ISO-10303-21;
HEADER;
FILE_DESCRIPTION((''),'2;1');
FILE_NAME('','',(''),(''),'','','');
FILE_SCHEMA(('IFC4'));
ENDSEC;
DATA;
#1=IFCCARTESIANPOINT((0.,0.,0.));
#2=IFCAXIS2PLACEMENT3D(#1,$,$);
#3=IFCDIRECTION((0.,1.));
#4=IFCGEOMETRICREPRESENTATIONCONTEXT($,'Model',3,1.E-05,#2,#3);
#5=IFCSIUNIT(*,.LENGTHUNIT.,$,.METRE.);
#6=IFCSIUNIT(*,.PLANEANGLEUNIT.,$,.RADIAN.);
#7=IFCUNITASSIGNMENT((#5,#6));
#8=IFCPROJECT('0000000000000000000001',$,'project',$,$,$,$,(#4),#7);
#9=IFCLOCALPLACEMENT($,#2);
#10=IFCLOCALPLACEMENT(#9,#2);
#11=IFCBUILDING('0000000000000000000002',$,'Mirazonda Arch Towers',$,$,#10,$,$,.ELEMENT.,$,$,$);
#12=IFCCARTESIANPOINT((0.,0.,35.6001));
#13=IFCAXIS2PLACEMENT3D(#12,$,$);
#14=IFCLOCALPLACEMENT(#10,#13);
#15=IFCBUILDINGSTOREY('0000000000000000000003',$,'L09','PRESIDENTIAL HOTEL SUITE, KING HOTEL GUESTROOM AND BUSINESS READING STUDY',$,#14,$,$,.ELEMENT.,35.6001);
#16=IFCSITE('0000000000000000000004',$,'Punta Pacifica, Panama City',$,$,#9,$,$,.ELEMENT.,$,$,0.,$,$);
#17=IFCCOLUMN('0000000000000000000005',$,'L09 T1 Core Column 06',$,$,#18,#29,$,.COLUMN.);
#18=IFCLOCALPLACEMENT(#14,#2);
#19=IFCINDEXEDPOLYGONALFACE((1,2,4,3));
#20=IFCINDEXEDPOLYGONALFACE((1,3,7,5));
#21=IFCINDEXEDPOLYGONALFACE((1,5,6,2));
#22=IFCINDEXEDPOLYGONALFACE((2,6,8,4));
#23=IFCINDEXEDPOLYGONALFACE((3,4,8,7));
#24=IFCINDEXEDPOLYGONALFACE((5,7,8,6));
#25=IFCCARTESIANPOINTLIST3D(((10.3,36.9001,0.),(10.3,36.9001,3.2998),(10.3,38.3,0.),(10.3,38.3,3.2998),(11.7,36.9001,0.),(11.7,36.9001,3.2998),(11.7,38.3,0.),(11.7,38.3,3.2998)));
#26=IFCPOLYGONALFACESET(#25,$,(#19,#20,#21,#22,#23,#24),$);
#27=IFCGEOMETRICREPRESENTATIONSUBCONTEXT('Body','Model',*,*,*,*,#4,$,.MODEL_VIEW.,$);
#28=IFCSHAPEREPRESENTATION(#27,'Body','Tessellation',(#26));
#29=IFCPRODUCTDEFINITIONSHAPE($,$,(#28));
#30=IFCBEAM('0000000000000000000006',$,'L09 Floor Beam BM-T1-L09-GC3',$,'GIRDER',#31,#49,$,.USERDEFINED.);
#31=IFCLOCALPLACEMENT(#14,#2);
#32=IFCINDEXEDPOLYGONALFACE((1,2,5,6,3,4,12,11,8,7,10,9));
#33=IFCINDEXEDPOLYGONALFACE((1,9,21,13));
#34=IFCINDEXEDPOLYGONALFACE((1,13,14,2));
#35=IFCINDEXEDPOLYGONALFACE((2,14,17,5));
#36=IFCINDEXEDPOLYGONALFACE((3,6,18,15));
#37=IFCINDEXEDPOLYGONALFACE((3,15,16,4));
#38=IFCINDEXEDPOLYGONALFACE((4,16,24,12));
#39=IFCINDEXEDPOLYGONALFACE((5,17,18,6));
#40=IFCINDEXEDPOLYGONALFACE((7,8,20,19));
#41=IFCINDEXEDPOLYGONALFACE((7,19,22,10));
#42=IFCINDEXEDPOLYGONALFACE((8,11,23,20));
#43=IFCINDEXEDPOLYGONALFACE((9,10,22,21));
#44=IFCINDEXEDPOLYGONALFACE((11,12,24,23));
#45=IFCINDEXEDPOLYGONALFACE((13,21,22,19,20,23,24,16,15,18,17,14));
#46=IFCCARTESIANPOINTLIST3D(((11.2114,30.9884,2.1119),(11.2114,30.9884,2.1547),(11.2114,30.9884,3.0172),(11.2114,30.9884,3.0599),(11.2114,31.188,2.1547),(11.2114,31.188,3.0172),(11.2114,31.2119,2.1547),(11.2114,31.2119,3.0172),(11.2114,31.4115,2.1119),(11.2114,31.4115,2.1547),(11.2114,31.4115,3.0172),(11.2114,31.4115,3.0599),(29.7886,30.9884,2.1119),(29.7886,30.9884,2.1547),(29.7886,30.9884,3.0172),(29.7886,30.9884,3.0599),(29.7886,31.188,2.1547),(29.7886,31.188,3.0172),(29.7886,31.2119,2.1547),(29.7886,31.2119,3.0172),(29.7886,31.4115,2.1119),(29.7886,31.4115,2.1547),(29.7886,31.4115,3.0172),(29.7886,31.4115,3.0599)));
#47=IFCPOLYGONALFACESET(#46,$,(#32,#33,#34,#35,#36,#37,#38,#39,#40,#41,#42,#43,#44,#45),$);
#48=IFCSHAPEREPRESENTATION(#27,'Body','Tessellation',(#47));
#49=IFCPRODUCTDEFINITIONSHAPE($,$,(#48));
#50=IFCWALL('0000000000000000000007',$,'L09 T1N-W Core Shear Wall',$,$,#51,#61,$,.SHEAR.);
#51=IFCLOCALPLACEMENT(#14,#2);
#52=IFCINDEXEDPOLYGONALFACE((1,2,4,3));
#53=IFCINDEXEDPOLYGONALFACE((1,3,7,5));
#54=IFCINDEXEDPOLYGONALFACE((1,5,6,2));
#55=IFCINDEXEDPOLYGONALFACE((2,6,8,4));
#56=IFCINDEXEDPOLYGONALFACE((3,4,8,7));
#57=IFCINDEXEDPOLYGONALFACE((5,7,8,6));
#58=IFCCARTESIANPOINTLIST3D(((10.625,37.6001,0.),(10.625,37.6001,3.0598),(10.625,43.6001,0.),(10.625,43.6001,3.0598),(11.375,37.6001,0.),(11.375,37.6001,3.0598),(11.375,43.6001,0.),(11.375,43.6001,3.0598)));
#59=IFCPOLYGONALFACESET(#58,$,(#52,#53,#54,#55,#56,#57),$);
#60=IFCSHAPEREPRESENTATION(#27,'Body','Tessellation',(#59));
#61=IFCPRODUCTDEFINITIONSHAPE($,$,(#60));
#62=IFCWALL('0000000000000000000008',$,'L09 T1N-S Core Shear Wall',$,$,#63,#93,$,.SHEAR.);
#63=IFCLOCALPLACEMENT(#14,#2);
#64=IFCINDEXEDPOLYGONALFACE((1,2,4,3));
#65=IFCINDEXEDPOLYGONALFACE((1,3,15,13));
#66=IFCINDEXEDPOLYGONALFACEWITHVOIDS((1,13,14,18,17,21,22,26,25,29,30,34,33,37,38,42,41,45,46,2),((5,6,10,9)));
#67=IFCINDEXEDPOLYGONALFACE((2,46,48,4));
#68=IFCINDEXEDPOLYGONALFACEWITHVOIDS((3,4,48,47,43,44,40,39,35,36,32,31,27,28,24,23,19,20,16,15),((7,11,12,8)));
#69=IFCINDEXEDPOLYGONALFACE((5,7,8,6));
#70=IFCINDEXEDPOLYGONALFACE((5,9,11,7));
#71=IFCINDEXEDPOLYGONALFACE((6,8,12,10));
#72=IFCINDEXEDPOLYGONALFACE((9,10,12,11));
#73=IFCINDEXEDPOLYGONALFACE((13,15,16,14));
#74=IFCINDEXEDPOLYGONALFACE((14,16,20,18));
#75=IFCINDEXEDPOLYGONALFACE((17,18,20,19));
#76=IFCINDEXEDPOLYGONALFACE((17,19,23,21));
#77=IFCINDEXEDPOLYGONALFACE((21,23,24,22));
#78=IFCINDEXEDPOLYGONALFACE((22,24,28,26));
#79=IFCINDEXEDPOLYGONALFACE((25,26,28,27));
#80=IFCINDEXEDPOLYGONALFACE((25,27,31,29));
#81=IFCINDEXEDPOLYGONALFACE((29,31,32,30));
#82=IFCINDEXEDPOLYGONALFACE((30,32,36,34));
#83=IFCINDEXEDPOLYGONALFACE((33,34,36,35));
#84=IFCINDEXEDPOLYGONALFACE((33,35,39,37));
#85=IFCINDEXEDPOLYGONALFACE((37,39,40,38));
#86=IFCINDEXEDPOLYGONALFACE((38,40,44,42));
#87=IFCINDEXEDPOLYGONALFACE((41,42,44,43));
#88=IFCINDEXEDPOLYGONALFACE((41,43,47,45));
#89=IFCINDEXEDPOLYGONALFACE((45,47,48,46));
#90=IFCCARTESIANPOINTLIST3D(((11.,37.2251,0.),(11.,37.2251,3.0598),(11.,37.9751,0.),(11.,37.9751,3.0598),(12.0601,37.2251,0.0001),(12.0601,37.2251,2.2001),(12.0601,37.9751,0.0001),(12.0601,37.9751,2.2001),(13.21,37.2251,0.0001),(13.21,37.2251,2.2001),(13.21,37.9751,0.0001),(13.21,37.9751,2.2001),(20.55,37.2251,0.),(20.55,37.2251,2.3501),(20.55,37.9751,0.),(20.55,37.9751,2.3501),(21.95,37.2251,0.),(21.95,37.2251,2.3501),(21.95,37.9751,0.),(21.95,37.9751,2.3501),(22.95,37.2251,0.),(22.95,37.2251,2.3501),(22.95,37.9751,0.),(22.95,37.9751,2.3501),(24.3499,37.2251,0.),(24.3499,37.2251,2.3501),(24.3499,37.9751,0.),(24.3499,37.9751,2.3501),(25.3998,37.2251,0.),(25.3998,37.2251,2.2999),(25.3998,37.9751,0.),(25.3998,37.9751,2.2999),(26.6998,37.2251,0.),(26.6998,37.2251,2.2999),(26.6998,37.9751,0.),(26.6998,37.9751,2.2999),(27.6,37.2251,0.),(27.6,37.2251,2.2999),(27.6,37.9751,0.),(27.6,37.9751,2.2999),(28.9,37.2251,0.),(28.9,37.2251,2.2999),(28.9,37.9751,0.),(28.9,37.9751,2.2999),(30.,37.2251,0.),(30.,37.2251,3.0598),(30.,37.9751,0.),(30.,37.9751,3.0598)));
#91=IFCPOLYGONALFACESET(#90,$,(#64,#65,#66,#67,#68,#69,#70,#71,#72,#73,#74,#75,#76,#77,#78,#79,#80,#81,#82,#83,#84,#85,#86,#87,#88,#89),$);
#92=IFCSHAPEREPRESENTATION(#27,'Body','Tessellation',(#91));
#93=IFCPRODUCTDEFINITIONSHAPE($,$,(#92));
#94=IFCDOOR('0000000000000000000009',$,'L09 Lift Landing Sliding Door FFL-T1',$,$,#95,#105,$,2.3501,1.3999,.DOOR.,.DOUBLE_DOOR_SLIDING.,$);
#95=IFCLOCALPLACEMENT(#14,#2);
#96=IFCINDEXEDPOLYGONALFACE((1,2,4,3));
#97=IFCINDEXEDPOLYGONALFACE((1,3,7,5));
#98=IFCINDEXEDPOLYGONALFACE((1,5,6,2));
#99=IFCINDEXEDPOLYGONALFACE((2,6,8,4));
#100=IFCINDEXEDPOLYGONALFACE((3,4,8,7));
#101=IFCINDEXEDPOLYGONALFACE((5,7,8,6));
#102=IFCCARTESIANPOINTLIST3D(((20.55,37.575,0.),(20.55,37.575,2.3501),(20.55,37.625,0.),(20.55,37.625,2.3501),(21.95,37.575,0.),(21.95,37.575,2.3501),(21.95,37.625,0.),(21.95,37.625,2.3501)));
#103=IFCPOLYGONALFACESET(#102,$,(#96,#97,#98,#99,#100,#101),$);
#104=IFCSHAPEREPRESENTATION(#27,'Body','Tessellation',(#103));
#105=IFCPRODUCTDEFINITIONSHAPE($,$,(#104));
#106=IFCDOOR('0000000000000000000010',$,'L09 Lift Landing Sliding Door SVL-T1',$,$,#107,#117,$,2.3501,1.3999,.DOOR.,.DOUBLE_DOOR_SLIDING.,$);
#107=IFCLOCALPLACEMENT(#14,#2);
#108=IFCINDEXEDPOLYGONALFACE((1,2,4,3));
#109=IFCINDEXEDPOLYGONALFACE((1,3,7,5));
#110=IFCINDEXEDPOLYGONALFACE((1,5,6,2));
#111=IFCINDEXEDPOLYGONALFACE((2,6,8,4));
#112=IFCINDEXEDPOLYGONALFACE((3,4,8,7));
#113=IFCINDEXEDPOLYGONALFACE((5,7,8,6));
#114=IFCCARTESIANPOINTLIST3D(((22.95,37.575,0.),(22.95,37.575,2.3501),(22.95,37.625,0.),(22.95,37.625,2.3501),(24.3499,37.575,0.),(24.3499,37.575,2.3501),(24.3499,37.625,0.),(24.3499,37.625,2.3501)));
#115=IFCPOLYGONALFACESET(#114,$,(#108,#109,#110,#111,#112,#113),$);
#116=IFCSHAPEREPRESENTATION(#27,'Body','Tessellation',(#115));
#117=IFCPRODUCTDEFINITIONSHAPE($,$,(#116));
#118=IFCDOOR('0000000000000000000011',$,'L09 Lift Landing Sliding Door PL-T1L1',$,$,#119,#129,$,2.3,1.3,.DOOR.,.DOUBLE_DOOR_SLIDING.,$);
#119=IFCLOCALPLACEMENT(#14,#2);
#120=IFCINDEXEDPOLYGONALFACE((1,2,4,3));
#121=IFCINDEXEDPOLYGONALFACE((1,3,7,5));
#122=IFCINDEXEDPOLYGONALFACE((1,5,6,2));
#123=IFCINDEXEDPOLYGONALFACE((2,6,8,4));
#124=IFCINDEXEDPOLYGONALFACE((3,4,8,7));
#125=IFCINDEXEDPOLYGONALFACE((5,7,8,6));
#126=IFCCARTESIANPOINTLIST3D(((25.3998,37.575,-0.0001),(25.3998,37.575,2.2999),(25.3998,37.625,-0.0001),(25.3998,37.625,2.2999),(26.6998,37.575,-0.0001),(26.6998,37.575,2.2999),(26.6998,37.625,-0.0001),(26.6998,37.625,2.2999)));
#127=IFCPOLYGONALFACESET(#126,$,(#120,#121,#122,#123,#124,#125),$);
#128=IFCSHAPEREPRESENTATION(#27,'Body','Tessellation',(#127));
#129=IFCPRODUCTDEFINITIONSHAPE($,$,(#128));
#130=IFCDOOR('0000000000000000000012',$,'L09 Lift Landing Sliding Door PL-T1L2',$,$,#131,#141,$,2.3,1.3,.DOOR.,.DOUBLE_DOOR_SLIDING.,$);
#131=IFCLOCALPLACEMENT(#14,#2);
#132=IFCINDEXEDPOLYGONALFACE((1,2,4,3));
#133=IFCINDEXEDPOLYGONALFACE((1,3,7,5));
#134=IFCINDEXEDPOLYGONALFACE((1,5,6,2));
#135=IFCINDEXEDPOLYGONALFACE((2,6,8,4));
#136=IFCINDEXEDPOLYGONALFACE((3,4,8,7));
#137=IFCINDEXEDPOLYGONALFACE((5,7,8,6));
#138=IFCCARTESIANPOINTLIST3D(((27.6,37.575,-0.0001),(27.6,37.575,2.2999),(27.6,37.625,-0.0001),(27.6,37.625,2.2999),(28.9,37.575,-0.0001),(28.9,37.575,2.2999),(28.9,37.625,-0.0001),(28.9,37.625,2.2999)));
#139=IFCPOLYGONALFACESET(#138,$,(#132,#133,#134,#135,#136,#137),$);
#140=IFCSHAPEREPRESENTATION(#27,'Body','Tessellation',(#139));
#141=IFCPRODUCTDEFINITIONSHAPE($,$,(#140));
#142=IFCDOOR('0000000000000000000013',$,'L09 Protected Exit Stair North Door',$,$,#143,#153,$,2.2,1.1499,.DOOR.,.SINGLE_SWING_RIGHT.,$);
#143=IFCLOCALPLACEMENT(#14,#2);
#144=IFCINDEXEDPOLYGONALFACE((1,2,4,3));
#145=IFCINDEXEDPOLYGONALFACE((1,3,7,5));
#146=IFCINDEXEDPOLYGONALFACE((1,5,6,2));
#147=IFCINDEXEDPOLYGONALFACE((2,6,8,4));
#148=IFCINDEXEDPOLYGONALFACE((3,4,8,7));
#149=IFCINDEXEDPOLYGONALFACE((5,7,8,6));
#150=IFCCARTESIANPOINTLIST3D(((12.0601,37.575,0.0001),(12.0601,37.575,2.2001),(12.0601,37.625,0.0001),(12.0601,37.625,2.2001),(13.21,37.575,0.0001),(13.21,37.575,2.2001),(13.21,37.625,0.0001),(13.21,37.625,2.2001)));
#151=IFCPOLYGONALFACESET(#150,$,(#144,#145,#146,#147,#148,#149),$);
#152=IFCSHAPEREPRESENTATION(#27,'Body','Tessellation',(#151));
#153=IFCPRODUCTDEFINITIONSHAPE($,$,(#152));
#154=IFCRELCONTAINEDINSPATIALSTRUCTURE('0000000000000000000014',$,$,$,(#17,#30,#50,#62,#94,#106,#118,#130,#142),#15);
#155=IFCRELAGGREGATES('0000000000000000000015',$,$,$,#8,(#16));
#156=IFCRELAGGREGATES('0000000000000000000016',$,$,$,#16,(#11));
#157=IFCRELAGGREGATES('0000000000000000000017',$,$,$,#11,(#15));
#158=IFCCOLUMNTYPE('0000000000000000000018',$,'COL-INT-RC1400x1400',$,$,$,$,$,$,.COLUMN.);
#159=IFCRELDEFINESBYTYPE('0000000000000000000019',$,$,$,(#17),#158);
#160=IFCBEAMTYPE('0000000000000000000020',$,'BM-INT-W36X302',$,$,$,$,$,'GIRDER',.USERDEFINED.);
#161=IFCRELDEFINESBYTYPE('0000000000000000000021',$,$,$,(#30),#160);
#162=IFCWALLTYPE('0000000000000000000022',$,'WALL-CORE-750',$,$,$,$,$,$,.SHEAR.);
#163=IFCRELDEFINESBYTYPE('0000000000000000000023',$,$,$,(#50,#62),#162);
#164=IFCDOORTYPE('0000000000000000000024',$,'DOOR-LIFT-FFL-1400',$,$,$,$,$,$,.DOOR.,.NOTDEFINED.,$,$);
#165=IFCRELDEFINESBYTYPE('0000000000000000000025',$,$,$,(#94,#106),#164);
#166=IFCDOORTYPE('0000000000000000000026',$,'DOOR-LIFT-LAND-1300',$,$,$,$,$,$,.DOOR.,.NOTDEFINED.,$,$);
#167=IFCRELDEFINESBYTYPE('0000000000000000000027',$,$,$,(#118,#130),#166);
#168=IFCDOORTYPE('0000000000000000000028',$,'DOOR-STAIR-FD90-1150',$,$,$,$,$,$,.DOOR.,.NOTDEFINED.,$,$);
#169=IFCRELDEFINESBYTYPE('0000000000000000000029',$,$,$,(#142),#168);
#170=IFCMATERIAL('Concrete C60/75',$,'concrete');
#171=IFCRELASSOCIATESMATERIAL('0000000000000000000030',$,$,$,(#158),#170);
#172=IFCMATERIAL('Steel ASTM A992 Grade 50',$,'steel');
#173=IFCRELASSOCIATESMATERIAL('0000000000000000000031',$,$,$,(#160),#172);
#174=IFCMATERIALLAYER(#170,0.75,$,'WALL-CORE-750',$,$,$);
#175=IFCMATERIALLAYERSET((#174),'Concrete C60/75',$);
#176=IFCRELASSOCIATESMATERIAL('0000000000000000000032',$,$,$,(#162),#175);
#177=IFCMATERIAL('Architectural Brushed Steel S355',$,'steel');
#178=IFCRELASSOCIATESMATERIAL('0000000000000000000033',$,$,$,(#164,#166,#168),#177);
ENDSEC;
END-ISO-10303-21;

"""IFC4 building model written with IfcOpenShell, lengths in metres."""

from ifc_helpers import new_model, si_unit, direction, frame, frame_2d, origin, origin_2d, place, context, subcontext, project, spatial, rectangle, i_section, extrude, material, layer, layer_set, material_profile, profile_set, type_object, element, fill, save


model = new_model("IFC4")

# Units and contexts
model_context = context("Model", 3, precision=1e-05, world=origin(), true_north=direction((0.0, 1.0)))
body_context = subcontext(model_context, "Body", "Model", "MODEL_VIEW")
ifc_project = project(units=[si_unit("LENGTHUNIT", "METRE"), si_unit("PLANEANGLEUNIT", "RADIAN")], contexts=[model_context])

# Site, building, storey
site_placement = place(None, origin())
site = spatial("IfcSite", under=ifc_project, at=site_placement, Name="Punta Pacifica, Panama City", CompositionType="ELEMENT", RefElevation=0.0)
building_placement = place(site_placement, origin())
building = spatial("IfcBuilding", under=site, at=building_placement, Name="Mirazonda Arch Towers", CompositionType="ELEMENT")
storey_placement = place(building_placement, frame((0.0, 0.0, 35.6001)))
storey = spatial("IfcBuildingStorey", under=building, at=storey_placement, Name="L09", Description="PRESIDENTIAL HOTEL SUITE, KING HOTEL GUESTROOM AND BUSINESS READING STUDY", CompositionType="ELEMENT", Elevation=35.6001)

# Column
ifc_material_1 = material(Name="Concrete C60/75", Category="concrete")
ifc_material_profile_1 = material_profile(ifc_material_1, rectangle(XDim=1.3999, YDim=1.3999, at=origin_2d()), Name="RC1400x1400")
ifc_profile_set_1 = profile_set([ifc_material_profile_1], Name="Concrete C60/75")
column_type = type_object("IfcColumnType", Name="COL-INT-RC1400x1400", PredefinedType="COLUMN", material=ifc_profile_set_1)
column_placement = place(storey_placement, frame((11.0, 37.6001, 0.0), z_axis=(0.0, 0.0, 1.0), x_axis=(1.0, 0.0, 0.0)))
element("IfcColumn", 1, at=column_placement, inside=storey, type_object=column_type, Name="L09 T1 Core Column 06", PredefinedType="COLUMN", context=body_context, shape_type="SweptSolid", body=[
    extrude(rectangle(XDim=1.3999, YDim=1.3999, at=origin_2d()), origin(), (0.0, 0.0, 1.0), 3.2998),
])

# Beam
ifc_material_2 = material(Name="Steel ASTM A992 Grade 50", Category="steel")
ifc_material_profile_2 = material_profile(ifc_material_2, i_section(OverallWidth=0.4231, OverallDepth=0.948, WebThickness=0.0239, FlangeThickness=0.0427, at=origin_2d()), Name="W36X302")
ifc_profile_set_2 = profile_set([ifc_material_profile_2], Name="Steel ASTM A992 Grade 50")
beam_type = type_object("IfcBeamType", Name="BM-INT-W36X302", ElementType="GIRDER", PredefinedType="USERDEFINED", material=ifc_profile_set_2)
beam_placement = place(storey_placement, frame((11.2114, 31.2, 2.5859), z_axis=(1.0, 0.0, 0.0), x_axis=(0.0, 1.0, 0.0)))
element("IfcBeam", 2, at=beam_placement, inside=storey, type_object=beam_type, Name="L09 Floor Beam BM-T1-L09-GC3", ObjectType="GIRDER", PredefinedType="USERDEFINED", context=body_context, shape_type="SweptSolid", body=[
    extrude(i_section(OverallWidth=0.4231, OverallDepth=0.948, WebThickness=0.0239, FlangeThickness=0.0427, at=origin_2d()), origin(), (0.0, 0.0, 1.0), 18.5771),
])

# Wall
ifc_layer_1 = layer(ifc_material_1, 0.75, Name="WALL-CORE-750")
ifc_layer_set_1 = layer_set([ifc_layer_1], Name="Concrete C60/75")
wall_type_1 = type_object("IfcWallType", Name="WALL-CORE-750", PredefinedType="SHEAR", material=ifc_layer_set_1)
wall_1_placement = place(storey_placement, frame((11.0, 37.6001, 0.0), z_axis=(0.0, 0.0, 1.0), x_axis=(0.0, 1.0, 0.0)))
element("IfcWall", 3, at=wall_1_placement, inside=storey, type_object=wall_type_1, Name="L09 T1N-W Core Shear Wall", PredefinedType="SHEAR", context=body_context, shape_type="SweptSolid", body=[
    extrude(rectangle(XDim=6.0, YDim=0.75, at=frame_2d((3.0, 0.0))), origin(), (0.0, 0.0, 1.0), 3.0598),
])

# Wall, openings, doors
wall_2_placement = place(storey_placement, frame((11.0, 37.6001, 0.0), z_axis=(0.0, 0.0, 1.0), x_axis=(1.0, 0.0, 0.0)))
wall_2 = element("IfcWall", 4, at=wall_2_placement, inside=storey, type_object=wall_type_1, Name="L09 T1N-S Core Shear Wall", PredefinedType="SHEAR", context=body_context, shape_type="SweptSolid", body=[
    extrude(rectangle(XDim=19.0, YDim=0.75, at=frame_2d((9.5, 0.0))), origin(), (0.0, 0.0, 1.0), 3.0598),
])
opening_1_placement = place(wall_2_placement, frame((1.0601, 0.0, 0.0)))
opening_1 = element("IfcOpeningElement", 5, at=opening_1_placement, cuts=wall_2, PredefinedType="OPENING", context=body_context, shape_type="SweptSolid", body=[
    extrude(rectangle(XDim=1.1499, YDim=2.2, at=frame_2d((0.575, 1.1001))), frame((0.0, 0.385, 0.0), z_axis=(0.0, -1.0, 0.0), x_axis=(1.0, 0.0, 0.0)), (0.0, 0.0, 1.0), 0.77),
])
opening_2_placement = place(wall_2_placement, frame((9.55, 0.0, 0.0)))
opening_2 = element("IfcOpeningElement", 6, at=opening_2_placement, cuts=wall_2, PredefinedType="OPENING", context=body_context, shape_type="SweptSolid", body=[
    extrude(rectangle(XDim=1.3999, YDim=2.3501, at=frame_2d((0.7, 1.175))), frame((0.0, 0.385, 0.0), z_axis=(0.0, -1.0, 0.0), x_axis=(1.0, 0.0, 0.0)), (0.0, 0.0, 1.0), 0.77),
])
opening_3_placement = place(wall_2_placement, frame((11.95, 0.0, 0.0)))
opening_3 = element("IfcOpeningElement", 7, at=opening_3_placement, cuts=wall_2, PredefinedType="OPENING", context=body_context, shape_type="SweptSolid", body=[
    extrude(rectangle(XDim=1.3999, YDim=2.3501, at=frame_2d((0.7, 1.175))), frame((0.0, 0.385, 0.0), z_axis=(0.0, -1.0, 0.0), x_axis=(1.0, 0.0, 0.0)), (0.0, 0.0, 1.0), 0.77),
])
opening_4_placement = place(wall_2_placement, frame((14.3999, 0.0, 0.0)))
opening_4 = element("IfcOpeningElement", 8, at=opening_4_placement, cuts=wall_2, PredefinedType="OPENING", context=body_context, shape_type="SweptSolid", body=[
    extrude(rectangle(XDim=1.3, YDim=2.3, at=frame_2d((0.6499, 1.1499))), frame((0.0, 0.385, 0.0), z_axis=(0.0, -1.0, 0.0), x_axis=(1.0, 0.0, 0.0)), (0.0, 0.0, 1.0), 0.77),
])
opening_5_placement = place(wall_2_placement, frame((16.6001, 0.0, 0.0)))
opening_5 = element("IfcOpeningElement", 9, at=opening_5_placement, cuts=wall_2, PredefinedType="OPENING", context=body_context, shape_type="SweptSolid", body=[
    extrude(rectangle(XDim=1.3, YDim=2.3, at=frame_2d((0.6499, 1.1499))), frame((0.0, 0.385, 0.0), z_axis=(0.0, -1.0, 0.0), x_axis=(1.0, 0.0, 0.0)), (0.0, 0.0, 1.0), 0.77),
])
ifc_material_3 = material(Name="Architectural Brushed Steel S355", Category="steel")
door_type_1 = type_object("IfcDoorType", Name="DOOR-LIFT-FFL-1400", OperationType="NOTDEFINED", PredefinedType="DOOR", material=ifc_material_3)
door_1_placement = place(opening_2_placement, origin())
door_1 = element("IfcDoor", 10, at=door_1_placement, inside=storey, type_object=door_type_1, Name="L09 Lift Landing Sliding Door FFL-T1", OperationType="DOUBLE_DOOR_SLIDING", OverallHeight=2.3501, OverallWidth=1.3999, PredefinedType="DOOR", context=body_context, shape_type="SweptSolid", body=[
    extrude(rectangle(XDim=1.3999, YDim=2.3501, at=frame_2d((0.7, 1.175))), frame((0.0, 0.0249, 0.0), z_axis=(0.0, -1.0, 0.0), x_axis=(1.0, 0.0, 0.0)), (0.0, 0.0, 1.0), 0.05),
])
fill(opening_2, door_1)
door_2_placement = place(opening_3_placement, origin())
door_2 = element("IfcDoor", 11, at=door_2_placement, inside=storey, type_object=door_type_1, Name="L09 Lift Landing Sliding Door SVL-T1", OperationType="DOUBLE_DOOR_SLIDING", OverallHeight=2.3501, OverallWidth=1.3999, PredefinedType="DOOR", context=body_context, shape_type="SweptSolid", body=[
    extrude(rectangle(XDim=1.3999, YDim=2.3501, at=frame_2d((0.7, 1.175))), frame((0.0, 0.0249, 0.0), z_axis=(0.0, -1.0, 0.0), x_axis=(1.0, 0.0, 0.0)), (0.0, 0.0, 1.0), 0.05),
])
fill(opening_3, door_2)
door_type_2 = type_object("IfcDoorType", Name="DOOR-LIFT-LAND-1300", OperationType="NOTDEFINED", PredefinedType="DOOR", material=ifc_material_3)
door_3_placement = place(opening_4_placement, origin())
door_3 = element("IfcDoor", 12, at=door_3_placement, inside=storey, type_object=door_type_2, Name="L09 Lift Landing Sliding Door PL-T1L1", OperationType="DOUBLE_DOOR_SLIDING", OverallHeight=2.3, OverallWidth=1.3, PredefinedType="DOOR", context=body_context, shape_type="SweptSolid", body=[
    extrude(rectangle(XDim=1.3, YDim=2.3, at=frame_2d((0.6499, 1.1499))), frame((0.0, 0.0249, 0.0), z_axis=(0.0, -1.0, 0.0), x_axis=(1.0, 0.0, 0.0)), (0.0, 0.0, 1.0), 0.05),
])
fill(opening_4, door_3)
door_4_placement = place(opening_5_placement, origin())
door_4 = element("IfcDoor", 13, at=door_4_placement, inside=storey, type_object=door_type_2, Name="L09 Lift Landing Sliding Door PL-T1L2", OperationType="DOUBLE_DOOR_SLIDING", OverallHeight=2.3, OverallWidth=1.3, PredefinedType="DOOR", context=body_context, shape_type="SweptSolid", body=[
    extrude(rectangle(XDim=1.3, YDim=2.3, at=frame_2d((0.6499, 1.1499))), frame((0.0, 0.0249, 0.0), z_axis=(0.0, -1.0, 0.0), x_axis=(1.0, 0.0, 0.0)), (0.0, 0.0, 1.0), 0.05),
])
fill(opening_5, door_4)
door_type_3 = type_object("IfcDoorType", Name="DOOR-STAIR-FD90-1150", OperationType="NOTDEFINED", PredefinedType="DOOR", material=ifc_material_3)
door_5_placement = place(opening_1_placement, origin())
door_5 = element("IfcDoor", 14, at=door_5_placement, inside=storey, type_object=door_type_3, Name="L09 Protected Exit Stair North Door", OperationType="SINGLE_SWING_RIGHT", OverallHeight=2.2, OverallWidth=1.1499, PredefinedType="DOOR", context=body_context, shape_type="SweptSolid", body=[
    extrude(rectangle(XDim=1.1499, YDim=2.2, at=frame_2d((0.575, 1.1001))), frame((0.0, 0.0249, 0.0), z_axis=(0.0, -1.0, 0.0), x_axis=(1.0, 0.0, 0.0)), (0.0, 0.0, 1.0), 0.05),
])
fill(opening_1, door_5)

save(model, "model.ifc")
